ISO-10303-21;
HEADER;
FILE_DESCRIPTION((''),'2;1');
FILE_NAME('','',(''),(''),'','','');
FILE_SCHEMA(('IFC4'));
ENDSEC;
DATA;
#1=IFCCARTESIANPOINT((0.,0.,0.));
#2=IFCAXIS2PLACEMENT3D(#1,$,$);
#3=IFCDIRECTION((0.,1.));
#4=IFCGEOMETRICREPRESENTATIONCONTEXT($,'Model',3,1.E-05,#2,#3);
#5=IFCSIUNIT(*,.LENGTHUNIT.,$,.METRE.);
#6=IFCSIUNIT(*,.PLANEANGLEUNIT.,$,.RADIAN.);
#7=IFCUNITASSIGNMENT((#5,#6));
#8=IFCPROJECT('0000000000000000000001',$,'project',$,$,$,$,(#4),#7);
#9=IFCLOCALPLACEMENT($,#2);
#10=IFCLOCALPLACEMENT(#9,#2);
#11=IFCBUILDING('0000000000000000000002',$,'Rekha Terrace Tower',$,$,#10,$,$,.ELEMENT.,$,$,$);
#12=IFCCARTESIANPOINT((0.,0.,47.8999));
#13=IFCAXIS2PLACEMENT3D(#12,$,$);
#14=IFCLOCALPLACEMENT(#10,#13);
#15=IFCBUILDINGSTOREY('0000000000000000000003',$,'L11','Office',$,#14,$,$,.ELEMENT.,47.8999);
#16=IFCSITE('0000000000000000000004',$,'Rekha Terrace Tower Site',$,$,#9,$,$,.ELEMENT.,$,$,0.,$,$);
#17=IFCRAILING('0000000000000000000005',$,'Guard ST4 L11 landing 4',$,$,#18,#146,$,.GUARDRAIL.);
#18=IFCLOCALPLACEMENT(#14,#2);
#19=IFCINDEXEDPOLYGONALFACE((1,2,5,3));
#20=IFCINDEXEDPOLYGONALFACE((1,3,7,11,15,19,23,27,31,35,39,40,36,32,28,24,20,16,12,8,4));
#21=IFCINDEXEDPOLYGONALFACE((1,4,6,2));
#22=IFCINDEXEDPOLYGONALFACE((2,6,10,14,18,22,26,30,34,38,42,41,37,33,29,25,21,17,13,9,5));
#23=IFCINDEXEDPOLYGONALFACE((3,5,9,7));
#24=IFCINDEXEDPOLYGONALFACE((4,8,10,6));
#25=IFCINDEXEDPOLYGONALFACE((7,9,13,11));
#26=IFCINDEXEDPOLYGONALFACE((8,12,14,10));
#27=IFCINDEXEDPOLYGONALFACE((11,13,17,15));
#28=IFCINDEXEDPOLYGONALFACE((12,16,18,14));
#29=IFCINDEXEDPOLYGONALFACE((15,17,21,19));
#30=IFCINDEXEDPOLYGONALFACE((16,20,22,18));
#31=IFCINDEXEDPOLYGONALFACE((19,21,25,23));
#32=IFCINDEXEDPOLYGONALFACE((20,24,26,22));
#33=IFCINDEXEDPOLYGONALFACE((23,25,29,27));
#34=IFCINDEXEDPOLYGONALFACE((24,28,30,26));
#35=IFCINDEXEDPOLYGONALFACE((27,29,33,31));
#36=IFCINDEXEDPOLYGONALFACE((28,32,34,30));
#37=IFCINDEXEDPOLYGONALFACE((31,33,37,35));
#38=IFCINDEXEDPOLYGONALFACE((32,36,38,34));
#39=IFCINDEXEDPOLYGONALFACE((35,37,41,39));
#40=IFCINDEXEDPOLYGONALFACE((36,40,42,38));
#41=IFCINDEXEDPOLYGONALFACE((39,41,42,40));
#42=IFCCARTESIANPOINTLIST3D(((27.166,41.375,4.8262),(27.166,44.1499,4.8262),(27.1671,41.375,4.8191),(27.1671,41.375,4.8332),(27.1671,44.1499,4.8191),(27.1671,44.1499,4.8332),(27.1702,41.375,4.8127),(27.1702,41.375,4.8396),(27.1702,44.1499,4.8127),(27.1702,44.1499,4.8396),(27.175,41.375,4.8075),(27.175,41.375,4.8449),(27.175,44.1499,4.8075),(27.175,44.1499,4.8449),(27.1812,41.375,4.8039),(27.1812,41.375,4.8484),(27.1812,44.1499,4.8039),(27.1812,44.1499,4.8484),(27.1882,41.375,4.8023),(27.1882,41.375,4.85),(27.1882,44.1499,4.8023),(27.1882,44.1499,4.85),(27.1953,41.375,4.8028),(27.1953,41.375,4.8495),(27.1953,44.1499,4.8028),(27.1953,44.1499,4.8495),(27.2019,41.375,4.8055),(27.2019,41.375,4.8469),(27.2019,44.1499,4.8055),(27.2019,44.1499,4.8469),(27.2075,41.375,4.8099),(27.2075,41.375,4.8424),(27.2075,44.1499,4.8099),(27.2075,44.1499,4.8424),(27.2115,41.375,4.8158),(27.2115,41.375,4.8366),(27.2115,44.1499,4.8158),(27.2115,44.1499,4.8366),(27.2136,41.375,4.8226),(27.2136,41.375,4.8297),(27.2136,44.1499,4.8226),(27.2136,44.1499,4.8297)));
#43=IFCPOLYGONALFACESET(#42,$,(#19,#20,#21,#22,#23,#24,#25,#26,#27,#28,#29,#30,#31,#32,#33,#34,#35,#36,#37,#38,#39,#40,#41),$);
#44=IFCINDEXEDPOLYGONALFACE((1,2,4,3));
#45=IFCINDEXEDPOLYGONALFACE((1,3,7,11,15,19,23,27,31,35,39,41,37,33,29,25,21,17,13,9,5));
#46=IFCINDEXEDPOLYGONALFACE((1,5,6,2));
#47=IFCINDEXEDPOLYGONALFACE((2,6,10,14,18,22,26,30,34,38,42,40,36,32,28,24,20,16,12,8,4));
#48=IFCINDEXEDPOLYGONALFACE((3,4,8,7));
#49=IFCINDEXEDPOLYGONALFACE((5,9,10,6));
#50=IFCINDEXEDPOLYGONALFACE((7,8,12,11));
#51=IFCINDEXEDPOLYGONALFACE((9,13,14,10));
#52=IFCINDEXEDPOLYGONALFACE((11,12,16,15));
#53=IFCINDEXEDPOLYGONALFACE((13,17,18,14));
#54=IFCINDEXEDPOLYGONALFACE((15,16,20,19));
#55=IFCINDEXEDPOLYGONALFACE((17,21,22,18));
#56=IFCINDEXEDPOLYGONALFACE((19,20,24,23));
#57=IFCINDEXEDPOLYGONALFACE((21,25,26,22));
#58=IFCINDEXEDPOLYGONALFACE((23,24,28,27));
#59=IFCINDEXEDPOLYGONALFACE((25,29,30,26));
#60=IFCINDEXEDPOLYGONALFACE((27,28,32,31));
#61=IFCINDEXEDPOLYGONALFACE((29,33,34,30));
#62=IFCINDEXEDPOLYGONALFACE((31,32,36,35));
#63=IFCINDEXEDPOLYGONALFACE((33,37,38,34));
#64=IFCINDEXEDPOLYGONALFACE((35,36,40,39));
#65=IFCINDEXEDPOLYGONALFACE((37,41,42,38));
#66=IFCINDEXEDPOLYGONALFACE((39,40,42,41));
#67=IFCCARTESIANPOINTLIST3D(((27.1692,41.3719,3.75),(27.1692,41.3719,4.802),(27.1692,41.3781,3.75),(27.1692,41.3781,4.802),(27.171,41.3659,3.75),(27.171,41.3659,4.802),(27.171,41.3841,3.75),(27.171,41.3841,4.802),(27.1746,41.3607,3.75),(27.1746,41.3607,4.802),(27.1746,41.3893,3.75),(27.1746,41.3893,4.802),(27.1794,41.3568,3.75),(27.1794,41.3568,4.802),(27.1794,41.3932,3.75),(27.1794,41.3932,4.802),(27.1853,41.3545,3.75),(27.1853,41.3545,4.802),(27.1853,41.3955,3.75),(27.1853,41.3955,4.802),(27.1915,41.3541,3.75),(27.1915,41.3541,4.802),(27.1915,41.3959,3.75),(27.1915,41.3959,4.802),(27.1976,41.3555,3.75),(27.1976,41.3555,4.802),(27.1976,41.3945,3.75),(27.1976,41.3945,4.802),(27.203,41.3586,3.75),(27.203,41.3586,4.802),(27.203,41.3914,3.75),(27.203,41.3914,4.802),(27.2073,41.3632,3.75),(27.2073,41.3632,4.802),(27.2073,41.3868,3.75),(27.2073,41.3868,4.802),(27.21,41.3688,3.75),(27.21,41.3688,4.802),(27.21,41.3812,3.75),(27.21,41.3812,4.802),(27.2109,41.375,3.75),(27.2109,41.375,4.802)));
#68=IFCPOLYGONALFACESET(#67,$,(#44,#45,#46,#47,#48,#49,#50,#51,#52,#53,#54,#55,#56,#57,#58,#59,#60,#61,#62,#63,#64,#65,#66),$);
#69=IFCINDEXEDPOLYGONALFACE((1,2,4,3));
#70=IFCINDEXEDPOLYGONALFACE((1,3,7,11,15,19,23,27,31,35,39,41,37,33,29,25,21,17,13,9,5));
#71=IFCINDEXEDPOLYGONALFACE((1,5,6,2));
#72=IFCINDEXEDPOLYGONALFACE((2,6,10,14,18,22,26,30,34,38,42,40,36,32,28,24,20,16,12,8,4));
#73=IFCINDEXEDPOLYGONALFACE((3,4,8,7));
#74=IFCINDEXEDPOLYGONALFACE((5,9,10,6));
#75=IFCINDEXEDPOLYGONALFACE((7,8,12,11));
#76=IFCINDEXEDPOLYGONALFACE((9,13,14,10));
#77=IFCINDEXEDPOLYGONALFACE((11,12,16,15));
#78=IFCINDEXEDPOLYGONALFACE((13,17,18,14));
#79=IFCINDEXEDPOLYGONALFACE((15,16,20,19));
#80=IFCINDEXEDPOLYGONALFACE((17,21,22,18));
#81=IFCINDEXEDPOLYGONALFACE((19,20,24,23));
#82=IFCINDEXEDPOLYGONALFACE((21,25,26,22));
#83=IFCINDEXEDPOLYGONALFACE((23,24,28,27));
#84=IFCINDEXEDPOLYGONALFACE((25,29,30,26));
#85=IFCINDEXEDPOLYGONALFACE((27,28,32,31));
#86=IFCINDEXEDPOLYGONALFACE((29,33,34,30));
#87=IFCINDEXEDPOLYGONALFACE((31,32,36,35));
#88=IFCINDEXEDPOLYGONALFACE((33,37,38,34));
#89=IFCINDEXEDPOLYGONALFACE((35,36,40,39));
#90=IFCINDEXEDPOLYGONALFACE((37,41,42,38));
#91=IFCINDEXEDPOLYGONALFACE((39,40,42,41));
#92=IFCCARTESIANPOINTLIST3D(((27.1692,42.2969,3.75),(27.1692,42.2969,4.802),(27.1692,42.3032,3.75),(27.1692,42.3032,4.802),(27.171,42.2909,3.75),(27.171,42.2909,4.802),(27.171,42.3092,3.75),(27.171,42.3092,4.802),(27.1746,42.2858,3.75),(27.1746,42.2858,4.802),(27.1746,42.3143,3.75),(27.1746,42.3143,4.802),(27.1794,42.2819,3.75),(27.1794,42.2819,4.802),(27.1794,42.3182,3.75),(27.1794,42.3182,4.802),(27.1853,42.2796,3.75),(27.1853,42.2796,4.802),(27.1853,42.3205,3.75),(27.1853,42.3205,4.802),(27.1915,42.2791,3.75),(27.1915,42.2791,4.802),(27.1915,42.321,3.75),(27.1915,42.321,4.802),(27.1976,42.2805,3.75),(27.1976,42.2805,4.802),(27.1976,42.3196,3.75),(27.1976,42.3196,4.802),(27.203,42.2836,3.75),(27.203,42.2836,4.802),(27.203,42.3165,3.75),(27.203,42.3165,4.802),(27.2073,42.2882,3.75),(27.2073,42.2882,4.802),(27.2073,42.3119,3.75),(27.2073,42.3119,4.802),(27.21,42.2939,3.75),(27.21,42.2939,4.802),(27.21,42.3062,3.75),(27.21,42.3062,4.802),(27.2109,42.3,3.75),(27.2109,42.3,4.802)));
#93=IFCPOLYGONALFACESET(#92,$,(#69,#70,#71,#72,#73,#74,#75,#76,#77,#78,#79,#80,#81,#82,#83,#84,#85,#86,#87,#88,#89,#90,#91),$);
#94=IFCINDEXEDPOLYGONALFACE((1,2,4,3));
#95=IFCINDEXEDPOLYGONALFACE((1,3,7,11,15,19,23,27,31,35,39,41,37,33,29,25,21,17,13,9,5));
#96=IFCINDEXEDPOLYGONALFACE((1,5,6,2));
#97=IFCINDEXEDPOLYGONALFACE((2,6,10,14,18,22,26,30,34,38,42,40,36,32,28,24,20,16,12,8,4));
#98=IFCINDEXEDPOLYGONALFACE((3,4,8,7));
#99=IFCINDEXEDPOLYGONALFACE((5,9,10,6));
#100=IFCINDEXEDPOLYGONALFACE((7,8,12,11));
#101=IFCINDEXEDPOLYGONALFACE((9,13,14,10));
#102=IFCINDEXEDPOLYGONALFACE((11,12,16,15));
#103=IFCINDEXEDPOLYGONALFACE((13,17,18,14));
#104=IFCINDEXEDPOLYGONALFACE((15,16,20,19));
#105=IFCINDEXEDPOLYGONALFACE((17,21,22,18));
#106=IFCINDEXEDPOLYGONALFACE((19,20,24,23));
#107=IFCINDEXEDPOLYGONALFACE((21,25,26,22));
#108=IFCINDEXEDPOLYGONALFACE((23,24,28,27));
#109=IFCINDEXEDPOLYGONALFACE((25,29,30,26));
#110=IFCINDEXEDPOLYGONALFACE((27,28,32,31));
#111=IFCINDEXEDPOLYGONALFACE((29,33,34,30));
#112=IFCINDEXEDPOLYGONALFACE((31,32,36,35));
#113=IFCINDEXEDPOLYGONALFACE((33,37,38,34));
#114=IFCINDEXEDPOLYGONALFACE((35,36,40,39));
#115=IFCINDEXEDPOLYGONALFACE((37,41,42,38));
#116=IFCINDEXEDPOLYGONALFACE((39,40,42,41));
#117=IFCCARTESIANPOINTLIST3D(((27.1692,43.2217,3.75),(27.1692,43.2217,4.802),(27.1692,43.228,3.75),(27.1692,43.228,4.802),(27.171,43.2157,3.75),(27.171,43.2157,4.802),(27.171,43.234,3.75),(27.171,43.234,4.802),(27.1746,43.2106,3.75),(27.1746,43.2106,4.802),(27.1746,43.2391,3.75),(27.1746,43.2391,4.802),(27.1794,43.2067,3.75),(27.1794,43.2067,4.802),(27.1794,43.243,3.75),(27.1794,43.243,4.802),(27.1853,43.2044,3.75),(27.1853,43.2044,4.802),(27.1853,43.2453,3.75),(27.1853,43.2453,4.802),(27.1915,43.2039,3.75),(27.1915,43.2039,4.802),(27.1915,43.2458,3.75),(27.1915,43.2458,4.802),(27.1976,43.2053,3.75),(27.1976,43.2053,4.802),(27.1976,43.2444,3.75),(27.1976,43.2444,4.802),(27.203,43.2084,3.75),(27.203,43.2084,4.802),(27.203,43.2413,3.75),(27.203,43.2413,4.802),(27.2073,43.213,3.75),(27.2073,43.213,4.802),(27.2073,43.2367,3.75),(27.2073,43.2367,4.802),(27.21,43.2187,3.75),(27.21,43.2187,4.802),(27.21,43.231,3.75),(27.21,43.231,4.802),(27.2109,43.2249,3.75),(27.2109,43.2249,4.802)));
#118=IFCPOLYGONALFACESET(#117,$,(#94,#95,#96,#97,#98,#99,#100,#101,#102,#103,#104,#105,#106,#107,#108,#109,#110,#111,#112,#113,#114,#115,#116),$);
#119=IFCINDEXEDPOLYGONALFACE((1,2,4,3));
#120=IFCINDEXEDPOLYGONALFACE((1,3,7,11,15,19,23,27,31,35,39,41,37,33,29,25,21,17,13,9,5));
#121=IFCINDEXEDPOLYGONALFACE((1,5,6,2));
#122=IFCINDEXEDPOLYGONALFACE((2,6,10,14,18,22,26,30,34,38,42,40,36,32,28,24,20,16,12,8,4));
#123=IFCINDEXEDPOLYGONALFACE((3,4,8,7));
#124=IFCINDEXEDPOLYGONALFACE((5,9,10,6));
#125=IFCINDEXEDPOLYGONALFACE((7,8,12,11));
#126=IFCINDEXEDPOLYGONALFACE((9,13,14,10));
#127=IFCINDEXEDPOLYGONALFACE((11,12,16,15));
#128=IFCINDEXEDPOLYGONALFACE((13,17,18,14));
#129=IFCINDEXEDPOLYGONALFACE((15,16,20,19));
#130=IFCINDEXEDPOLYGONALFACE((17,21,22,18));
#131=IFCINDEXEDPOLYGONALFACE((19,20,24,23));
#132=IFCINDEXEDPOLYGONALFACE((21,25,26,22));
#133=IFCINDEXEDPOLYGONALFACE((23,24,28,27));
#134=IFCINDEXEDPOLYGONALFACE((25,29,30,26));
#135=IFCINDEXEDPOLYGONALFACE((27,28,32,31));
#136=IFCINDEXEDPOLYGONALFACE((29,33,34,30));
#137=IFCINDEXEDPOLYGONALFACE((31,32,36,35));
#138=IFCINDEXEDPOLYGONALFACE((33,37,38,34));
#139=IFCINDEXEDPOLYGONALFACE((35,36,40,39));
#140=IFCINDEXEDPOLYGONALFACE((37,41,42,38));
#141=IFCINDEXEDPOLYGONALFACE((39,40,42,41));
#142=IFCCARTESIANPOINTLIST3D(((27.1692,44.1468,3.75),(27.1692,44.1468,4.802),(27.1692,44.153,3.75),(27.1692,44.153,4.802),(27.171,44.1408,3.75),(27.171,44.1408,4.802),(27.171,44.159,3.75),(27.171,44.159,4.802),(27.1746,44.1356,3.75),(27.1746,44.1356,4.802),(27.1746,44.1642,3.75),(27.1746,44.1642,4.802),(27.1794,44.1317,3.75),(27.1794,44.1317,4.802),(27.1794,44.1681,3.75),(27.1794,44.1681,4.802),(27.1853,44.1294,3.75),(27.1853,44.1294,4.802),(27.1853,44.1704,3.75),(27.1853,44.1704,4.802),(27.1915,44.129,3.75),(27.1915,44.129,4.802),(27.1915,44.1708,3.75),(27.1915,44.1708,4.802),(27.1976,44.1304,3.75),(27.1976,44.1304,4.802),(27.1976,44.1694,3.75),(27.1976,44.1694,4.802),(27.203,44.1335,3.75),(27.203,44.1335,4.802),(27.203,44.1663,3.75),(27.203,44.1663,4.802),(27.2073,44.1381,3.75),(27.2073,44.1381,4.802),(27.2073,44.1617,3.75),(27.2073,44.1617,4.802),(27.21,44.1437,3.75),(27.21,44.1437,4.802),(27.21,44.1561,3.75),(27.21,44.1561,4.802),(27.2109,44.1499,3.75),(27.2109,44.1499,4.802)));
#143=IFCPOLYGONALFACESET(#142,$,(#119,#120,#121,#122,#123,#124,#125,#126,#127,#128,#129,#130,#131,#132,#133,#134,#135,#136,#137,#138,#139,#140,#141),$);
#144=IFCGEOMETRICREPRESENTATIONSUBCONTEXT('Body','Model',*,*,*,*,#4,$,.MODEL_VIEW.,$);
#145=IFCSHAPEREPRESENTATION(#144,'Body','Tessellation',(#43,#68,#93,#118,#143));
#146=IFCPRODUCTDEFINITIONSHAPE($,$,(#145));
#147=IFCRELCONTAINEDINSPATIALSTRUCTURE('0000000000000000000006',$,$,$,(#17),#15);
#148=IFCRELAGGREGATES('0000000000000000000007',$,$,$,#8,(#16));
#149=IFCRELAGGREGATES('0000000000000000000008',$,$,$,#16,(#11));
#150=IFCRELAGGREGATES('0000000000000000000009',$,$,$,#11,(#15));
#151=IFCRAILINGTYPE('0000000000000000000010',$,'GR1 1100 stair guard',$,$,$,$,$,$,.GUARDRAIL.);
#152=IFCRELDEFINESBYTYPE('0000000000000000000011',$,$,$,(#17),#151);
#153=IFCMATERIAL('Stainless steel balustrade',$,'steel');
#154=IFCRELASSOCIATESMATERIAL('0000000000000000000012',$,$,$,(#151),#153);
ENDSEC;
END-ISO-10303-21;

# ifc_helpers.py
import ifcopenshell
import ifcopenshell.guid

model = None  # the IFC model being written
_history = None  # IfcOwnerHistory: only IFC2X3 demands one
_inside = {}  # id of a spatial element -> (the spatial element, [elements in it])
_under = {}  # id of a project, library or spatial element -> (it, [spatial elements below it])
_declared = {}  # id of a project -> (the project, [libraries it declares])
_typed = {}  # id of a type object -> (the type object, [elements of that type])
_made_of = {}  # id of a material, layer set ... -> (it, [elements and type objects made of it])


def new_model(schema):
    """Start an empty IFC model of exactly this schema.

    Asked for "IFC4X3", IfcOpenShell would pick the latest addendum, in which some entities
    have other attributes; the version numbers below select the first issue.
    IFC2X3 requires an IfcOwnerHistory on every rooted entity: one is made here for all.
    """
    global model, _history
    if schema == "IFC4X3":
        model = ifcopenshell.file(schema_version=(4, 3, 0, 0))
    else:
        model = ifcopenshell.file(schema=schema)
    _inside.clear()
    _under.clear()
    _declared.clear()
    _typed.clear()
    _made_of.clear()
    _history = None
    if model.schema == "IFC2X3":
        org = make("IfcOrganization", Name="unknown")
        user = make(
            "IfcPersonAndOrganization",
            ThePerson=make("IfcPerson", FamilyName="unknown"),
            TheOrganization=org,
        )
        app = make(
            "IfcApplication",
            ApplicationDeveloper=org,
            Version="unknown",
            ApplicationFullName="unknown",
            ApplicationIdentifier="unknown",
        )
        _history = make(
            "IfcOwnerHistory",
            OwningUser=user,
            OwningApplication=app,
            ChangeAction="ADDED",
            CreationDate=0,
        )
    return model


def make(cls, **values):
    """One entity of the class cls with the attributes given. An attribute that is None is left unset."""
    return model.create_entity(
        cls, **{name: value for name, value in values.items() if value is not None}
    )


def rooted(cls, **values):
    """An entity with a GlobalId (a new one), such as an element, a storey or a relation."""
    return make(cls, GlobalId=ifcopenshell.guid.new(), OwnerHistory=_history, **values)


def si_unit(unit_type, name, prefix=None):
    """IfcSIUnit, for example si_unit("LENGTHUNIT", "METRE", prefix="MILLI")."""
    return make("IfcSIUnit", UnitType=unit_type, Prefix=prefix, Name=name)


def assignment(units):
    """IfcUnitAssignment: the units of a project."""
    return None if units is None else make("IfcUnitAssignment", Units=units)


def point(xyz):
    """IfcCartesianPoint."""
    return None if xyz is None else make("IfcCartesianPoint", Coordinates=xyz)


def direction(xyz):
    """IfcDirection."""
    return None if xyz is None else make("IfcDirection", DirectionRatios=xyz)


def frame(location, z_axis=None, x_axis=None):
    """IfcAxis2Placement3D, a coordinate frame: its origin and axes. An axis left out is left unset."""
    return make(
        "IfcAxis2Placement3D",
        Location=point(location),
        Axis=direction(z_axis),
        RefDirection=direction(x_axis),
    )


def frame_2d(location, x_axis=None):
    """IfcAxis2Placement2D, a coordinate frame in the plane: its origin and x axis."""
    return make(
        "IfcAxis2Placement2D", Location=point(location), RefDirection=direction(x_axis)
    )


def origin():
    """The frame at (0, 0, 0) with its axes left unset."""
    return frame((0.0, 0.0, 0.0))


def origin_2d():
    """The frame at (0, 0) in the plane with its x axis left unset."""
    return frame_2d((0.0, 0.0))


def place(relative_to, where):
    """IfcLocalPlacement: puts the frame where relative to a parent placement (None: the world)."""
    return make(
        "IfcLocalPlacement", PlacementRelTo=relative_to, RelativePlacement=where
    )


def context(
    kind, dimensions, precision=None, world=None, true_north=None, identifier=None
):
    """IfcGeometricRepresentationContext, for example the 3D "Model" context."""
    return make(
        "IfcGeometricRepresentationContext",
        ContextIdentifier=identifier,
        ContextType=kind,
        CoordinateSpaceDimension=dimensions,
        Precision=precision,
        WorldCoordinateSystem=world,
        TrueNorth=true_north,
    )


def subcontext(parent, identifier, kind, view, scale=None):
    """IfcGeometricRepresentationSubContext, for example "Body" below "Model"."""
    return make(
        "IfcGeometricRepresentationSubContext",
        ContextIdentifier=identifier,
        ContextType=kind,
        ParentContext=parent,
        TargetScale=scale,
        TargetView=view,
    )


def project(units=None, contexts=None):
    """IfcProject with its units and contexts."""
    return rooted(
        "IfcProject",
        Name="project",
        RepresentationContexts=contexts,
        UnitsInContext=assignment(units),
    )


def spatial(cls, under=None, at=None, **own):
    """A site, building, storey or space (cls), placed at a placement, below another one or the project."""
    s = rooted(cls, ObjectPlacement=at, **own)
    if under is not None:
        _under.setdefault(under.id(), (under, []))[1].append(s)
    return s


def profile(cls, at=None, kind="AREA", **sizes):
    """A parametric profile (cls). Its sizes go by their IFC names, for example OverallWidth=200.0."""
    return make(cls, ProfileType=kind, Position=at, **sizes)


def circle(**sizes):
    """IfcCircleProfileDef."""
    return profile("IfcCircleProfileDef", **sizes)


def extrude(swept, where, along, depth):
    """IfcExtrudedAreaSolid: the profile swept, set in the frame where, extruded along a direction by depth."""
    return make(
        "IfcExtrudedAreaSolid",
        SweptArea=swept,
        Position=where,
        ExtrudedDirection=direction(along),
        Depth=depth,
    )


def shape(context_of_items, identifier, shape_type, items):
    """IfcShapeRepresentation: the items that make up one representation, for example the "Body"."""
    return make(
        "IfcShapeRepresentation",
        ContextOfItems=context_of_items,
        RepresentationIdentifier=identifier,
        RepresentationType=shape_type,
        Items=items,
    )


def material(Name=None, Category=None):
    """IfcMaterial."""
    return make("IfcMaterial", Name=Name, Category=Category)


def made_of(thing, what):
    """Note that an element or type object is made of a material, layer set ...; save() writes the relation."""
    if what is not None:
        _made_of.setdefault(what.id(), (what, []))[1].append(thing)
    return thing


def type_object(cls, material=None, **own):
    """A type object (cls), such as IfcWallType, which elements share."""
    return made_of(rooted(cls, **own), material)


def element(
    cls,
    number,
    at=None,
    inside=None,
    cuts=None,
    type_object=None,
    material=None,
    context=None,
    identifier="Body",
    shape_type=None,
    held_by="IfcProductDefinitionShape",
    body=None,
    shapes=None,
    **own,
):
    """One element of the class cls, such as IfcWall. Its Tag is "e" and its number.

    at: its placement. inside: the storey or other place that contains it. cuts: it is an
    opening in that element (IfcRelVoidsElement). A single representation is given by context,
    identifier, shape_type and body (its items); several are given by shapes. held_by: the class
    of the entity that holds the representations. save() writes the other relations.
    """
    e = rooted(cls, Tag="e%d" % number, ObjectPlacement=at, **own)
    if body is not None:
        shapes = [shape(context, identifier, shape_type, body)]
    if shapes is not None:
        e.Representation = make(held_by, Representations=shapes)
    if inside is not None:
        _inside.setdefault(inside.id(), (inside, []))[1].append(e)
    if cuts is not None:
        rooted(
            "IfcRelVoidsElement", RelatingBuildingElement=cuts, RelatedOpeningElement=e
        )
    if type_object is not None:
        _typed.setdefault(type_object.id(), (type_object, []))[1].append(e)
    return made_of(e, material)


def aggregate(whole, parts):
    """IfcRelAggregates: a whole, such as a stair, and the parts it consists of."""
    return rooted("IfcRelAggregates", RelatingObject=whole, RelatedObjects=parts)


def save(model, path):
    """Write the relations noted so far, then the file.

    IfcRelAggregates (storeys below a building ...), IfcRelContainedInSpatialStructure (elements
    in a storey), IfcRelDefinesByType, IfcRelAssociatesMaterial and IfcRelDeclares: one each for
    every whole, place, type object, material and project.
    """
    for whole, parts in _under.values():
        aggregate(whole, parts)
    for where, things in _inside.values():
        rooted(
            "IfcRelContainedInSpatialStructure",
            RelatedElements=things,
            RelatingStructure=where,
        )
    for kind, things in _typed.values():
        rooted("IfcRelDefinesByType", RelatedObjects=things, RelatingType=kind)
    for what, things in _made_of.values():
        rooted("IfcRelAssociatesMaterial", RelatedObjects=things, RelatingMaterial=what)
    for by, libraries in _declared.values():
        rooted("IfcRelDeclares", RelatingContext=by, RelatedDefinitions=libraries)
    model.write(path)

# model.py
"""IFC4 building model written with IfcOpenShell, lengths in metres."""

from ifc_helpers import new_model, si_unit, direction, frame, origin, origin_2d, place, context, subcontext, project, spatial, circle, extrude, material, type_object, element, save


model = new_model("IFC4")

# Units and contexts
model_context = context("Model", 3, precision=1e-05, world=origin(), true_north=direction((0.0, 1.0)))
body_context = subcontext(model_context, "Body", "Model", "MODEL_VIEW")
ifc_project = project(units=[si_unit("LENGTHUNIT", "METRE"), si_unit("PLANEANGLEUNIT", "RADIAN")], contexts=[model_context])

# Site, building, storey
site_placement = place(None, origin())
site = spatial("IfcSite", under=ifc_project, at=site_placement, Name="Rekha Terrace Tower Site", CompositionType="ELEMENT", RefElevation=0.0)
building_placement = place(site_placement, origin())
building = spatial("IfcBuilding", under=site, at=building_placement, Name="Rekha Terrace Tower", CompositionType="ELEMENT")
storey_placement = place(building_placement, frame((0.0, 0.0, 47.8999)))
storey = spatial("IfcBuildingStorey", under=building, at=storey_placement, Name="L11", Description="Office", CompositionType="ELEMENT", Elevation=47.8999)

# Railing
ifc_material_1 = material(Name="Stainless steel balustrade", Category="steel")
railing_type_1 = type_object("IfcRailingType", Name="GR1 1100 stair guard", PredefinedType="GUARDRAIL", material=ifc_material_1)
railing_1_placement = place(storey_placement, frame((27.1899, 41.375, 3.75)))
element("IfcRailing", 1, at=railing_1_placement, inside=storey, type_object=railing_type_1, Name="Guard ST4 L11 landing 4", PredefinedType="GUARDRAIL", context=body_context, shape_type="SweptSolid", body=[
    extrude(circle(Radius=0.0239, at=origin_2d()), frame((0.0, 0.0, 1.0762), z_axis=(0.0, 1.0, 0.0), x_axis=(-1.0, 0.0, 0.0)), (0.0, 0.0, 1.0), 2.7749),
    extrude(circle(Radius=0.021, at=origin_2d()), origin(), (0.0, 0.0, 1.0), 1.052),
    extrude(circle(Radius=0.021, at=origin_2d()), frame((0.0, 0.925, 0.0)), (0.0, 0.0, 1.0), 1.052),
    extrude(circle(Radius=0.021, at=origin_2d()), frame((0.0, 1.8499, 0.0)), (0.0, 0.0, 1.0), 1.052),
    extrude(circle(Radius=0.021, at=origin_2d()), frame((0.0, 2.7749, 0.0)), (0.0, 0.0, 1.0), 1.052),
])

save(model, "model.ifc")
